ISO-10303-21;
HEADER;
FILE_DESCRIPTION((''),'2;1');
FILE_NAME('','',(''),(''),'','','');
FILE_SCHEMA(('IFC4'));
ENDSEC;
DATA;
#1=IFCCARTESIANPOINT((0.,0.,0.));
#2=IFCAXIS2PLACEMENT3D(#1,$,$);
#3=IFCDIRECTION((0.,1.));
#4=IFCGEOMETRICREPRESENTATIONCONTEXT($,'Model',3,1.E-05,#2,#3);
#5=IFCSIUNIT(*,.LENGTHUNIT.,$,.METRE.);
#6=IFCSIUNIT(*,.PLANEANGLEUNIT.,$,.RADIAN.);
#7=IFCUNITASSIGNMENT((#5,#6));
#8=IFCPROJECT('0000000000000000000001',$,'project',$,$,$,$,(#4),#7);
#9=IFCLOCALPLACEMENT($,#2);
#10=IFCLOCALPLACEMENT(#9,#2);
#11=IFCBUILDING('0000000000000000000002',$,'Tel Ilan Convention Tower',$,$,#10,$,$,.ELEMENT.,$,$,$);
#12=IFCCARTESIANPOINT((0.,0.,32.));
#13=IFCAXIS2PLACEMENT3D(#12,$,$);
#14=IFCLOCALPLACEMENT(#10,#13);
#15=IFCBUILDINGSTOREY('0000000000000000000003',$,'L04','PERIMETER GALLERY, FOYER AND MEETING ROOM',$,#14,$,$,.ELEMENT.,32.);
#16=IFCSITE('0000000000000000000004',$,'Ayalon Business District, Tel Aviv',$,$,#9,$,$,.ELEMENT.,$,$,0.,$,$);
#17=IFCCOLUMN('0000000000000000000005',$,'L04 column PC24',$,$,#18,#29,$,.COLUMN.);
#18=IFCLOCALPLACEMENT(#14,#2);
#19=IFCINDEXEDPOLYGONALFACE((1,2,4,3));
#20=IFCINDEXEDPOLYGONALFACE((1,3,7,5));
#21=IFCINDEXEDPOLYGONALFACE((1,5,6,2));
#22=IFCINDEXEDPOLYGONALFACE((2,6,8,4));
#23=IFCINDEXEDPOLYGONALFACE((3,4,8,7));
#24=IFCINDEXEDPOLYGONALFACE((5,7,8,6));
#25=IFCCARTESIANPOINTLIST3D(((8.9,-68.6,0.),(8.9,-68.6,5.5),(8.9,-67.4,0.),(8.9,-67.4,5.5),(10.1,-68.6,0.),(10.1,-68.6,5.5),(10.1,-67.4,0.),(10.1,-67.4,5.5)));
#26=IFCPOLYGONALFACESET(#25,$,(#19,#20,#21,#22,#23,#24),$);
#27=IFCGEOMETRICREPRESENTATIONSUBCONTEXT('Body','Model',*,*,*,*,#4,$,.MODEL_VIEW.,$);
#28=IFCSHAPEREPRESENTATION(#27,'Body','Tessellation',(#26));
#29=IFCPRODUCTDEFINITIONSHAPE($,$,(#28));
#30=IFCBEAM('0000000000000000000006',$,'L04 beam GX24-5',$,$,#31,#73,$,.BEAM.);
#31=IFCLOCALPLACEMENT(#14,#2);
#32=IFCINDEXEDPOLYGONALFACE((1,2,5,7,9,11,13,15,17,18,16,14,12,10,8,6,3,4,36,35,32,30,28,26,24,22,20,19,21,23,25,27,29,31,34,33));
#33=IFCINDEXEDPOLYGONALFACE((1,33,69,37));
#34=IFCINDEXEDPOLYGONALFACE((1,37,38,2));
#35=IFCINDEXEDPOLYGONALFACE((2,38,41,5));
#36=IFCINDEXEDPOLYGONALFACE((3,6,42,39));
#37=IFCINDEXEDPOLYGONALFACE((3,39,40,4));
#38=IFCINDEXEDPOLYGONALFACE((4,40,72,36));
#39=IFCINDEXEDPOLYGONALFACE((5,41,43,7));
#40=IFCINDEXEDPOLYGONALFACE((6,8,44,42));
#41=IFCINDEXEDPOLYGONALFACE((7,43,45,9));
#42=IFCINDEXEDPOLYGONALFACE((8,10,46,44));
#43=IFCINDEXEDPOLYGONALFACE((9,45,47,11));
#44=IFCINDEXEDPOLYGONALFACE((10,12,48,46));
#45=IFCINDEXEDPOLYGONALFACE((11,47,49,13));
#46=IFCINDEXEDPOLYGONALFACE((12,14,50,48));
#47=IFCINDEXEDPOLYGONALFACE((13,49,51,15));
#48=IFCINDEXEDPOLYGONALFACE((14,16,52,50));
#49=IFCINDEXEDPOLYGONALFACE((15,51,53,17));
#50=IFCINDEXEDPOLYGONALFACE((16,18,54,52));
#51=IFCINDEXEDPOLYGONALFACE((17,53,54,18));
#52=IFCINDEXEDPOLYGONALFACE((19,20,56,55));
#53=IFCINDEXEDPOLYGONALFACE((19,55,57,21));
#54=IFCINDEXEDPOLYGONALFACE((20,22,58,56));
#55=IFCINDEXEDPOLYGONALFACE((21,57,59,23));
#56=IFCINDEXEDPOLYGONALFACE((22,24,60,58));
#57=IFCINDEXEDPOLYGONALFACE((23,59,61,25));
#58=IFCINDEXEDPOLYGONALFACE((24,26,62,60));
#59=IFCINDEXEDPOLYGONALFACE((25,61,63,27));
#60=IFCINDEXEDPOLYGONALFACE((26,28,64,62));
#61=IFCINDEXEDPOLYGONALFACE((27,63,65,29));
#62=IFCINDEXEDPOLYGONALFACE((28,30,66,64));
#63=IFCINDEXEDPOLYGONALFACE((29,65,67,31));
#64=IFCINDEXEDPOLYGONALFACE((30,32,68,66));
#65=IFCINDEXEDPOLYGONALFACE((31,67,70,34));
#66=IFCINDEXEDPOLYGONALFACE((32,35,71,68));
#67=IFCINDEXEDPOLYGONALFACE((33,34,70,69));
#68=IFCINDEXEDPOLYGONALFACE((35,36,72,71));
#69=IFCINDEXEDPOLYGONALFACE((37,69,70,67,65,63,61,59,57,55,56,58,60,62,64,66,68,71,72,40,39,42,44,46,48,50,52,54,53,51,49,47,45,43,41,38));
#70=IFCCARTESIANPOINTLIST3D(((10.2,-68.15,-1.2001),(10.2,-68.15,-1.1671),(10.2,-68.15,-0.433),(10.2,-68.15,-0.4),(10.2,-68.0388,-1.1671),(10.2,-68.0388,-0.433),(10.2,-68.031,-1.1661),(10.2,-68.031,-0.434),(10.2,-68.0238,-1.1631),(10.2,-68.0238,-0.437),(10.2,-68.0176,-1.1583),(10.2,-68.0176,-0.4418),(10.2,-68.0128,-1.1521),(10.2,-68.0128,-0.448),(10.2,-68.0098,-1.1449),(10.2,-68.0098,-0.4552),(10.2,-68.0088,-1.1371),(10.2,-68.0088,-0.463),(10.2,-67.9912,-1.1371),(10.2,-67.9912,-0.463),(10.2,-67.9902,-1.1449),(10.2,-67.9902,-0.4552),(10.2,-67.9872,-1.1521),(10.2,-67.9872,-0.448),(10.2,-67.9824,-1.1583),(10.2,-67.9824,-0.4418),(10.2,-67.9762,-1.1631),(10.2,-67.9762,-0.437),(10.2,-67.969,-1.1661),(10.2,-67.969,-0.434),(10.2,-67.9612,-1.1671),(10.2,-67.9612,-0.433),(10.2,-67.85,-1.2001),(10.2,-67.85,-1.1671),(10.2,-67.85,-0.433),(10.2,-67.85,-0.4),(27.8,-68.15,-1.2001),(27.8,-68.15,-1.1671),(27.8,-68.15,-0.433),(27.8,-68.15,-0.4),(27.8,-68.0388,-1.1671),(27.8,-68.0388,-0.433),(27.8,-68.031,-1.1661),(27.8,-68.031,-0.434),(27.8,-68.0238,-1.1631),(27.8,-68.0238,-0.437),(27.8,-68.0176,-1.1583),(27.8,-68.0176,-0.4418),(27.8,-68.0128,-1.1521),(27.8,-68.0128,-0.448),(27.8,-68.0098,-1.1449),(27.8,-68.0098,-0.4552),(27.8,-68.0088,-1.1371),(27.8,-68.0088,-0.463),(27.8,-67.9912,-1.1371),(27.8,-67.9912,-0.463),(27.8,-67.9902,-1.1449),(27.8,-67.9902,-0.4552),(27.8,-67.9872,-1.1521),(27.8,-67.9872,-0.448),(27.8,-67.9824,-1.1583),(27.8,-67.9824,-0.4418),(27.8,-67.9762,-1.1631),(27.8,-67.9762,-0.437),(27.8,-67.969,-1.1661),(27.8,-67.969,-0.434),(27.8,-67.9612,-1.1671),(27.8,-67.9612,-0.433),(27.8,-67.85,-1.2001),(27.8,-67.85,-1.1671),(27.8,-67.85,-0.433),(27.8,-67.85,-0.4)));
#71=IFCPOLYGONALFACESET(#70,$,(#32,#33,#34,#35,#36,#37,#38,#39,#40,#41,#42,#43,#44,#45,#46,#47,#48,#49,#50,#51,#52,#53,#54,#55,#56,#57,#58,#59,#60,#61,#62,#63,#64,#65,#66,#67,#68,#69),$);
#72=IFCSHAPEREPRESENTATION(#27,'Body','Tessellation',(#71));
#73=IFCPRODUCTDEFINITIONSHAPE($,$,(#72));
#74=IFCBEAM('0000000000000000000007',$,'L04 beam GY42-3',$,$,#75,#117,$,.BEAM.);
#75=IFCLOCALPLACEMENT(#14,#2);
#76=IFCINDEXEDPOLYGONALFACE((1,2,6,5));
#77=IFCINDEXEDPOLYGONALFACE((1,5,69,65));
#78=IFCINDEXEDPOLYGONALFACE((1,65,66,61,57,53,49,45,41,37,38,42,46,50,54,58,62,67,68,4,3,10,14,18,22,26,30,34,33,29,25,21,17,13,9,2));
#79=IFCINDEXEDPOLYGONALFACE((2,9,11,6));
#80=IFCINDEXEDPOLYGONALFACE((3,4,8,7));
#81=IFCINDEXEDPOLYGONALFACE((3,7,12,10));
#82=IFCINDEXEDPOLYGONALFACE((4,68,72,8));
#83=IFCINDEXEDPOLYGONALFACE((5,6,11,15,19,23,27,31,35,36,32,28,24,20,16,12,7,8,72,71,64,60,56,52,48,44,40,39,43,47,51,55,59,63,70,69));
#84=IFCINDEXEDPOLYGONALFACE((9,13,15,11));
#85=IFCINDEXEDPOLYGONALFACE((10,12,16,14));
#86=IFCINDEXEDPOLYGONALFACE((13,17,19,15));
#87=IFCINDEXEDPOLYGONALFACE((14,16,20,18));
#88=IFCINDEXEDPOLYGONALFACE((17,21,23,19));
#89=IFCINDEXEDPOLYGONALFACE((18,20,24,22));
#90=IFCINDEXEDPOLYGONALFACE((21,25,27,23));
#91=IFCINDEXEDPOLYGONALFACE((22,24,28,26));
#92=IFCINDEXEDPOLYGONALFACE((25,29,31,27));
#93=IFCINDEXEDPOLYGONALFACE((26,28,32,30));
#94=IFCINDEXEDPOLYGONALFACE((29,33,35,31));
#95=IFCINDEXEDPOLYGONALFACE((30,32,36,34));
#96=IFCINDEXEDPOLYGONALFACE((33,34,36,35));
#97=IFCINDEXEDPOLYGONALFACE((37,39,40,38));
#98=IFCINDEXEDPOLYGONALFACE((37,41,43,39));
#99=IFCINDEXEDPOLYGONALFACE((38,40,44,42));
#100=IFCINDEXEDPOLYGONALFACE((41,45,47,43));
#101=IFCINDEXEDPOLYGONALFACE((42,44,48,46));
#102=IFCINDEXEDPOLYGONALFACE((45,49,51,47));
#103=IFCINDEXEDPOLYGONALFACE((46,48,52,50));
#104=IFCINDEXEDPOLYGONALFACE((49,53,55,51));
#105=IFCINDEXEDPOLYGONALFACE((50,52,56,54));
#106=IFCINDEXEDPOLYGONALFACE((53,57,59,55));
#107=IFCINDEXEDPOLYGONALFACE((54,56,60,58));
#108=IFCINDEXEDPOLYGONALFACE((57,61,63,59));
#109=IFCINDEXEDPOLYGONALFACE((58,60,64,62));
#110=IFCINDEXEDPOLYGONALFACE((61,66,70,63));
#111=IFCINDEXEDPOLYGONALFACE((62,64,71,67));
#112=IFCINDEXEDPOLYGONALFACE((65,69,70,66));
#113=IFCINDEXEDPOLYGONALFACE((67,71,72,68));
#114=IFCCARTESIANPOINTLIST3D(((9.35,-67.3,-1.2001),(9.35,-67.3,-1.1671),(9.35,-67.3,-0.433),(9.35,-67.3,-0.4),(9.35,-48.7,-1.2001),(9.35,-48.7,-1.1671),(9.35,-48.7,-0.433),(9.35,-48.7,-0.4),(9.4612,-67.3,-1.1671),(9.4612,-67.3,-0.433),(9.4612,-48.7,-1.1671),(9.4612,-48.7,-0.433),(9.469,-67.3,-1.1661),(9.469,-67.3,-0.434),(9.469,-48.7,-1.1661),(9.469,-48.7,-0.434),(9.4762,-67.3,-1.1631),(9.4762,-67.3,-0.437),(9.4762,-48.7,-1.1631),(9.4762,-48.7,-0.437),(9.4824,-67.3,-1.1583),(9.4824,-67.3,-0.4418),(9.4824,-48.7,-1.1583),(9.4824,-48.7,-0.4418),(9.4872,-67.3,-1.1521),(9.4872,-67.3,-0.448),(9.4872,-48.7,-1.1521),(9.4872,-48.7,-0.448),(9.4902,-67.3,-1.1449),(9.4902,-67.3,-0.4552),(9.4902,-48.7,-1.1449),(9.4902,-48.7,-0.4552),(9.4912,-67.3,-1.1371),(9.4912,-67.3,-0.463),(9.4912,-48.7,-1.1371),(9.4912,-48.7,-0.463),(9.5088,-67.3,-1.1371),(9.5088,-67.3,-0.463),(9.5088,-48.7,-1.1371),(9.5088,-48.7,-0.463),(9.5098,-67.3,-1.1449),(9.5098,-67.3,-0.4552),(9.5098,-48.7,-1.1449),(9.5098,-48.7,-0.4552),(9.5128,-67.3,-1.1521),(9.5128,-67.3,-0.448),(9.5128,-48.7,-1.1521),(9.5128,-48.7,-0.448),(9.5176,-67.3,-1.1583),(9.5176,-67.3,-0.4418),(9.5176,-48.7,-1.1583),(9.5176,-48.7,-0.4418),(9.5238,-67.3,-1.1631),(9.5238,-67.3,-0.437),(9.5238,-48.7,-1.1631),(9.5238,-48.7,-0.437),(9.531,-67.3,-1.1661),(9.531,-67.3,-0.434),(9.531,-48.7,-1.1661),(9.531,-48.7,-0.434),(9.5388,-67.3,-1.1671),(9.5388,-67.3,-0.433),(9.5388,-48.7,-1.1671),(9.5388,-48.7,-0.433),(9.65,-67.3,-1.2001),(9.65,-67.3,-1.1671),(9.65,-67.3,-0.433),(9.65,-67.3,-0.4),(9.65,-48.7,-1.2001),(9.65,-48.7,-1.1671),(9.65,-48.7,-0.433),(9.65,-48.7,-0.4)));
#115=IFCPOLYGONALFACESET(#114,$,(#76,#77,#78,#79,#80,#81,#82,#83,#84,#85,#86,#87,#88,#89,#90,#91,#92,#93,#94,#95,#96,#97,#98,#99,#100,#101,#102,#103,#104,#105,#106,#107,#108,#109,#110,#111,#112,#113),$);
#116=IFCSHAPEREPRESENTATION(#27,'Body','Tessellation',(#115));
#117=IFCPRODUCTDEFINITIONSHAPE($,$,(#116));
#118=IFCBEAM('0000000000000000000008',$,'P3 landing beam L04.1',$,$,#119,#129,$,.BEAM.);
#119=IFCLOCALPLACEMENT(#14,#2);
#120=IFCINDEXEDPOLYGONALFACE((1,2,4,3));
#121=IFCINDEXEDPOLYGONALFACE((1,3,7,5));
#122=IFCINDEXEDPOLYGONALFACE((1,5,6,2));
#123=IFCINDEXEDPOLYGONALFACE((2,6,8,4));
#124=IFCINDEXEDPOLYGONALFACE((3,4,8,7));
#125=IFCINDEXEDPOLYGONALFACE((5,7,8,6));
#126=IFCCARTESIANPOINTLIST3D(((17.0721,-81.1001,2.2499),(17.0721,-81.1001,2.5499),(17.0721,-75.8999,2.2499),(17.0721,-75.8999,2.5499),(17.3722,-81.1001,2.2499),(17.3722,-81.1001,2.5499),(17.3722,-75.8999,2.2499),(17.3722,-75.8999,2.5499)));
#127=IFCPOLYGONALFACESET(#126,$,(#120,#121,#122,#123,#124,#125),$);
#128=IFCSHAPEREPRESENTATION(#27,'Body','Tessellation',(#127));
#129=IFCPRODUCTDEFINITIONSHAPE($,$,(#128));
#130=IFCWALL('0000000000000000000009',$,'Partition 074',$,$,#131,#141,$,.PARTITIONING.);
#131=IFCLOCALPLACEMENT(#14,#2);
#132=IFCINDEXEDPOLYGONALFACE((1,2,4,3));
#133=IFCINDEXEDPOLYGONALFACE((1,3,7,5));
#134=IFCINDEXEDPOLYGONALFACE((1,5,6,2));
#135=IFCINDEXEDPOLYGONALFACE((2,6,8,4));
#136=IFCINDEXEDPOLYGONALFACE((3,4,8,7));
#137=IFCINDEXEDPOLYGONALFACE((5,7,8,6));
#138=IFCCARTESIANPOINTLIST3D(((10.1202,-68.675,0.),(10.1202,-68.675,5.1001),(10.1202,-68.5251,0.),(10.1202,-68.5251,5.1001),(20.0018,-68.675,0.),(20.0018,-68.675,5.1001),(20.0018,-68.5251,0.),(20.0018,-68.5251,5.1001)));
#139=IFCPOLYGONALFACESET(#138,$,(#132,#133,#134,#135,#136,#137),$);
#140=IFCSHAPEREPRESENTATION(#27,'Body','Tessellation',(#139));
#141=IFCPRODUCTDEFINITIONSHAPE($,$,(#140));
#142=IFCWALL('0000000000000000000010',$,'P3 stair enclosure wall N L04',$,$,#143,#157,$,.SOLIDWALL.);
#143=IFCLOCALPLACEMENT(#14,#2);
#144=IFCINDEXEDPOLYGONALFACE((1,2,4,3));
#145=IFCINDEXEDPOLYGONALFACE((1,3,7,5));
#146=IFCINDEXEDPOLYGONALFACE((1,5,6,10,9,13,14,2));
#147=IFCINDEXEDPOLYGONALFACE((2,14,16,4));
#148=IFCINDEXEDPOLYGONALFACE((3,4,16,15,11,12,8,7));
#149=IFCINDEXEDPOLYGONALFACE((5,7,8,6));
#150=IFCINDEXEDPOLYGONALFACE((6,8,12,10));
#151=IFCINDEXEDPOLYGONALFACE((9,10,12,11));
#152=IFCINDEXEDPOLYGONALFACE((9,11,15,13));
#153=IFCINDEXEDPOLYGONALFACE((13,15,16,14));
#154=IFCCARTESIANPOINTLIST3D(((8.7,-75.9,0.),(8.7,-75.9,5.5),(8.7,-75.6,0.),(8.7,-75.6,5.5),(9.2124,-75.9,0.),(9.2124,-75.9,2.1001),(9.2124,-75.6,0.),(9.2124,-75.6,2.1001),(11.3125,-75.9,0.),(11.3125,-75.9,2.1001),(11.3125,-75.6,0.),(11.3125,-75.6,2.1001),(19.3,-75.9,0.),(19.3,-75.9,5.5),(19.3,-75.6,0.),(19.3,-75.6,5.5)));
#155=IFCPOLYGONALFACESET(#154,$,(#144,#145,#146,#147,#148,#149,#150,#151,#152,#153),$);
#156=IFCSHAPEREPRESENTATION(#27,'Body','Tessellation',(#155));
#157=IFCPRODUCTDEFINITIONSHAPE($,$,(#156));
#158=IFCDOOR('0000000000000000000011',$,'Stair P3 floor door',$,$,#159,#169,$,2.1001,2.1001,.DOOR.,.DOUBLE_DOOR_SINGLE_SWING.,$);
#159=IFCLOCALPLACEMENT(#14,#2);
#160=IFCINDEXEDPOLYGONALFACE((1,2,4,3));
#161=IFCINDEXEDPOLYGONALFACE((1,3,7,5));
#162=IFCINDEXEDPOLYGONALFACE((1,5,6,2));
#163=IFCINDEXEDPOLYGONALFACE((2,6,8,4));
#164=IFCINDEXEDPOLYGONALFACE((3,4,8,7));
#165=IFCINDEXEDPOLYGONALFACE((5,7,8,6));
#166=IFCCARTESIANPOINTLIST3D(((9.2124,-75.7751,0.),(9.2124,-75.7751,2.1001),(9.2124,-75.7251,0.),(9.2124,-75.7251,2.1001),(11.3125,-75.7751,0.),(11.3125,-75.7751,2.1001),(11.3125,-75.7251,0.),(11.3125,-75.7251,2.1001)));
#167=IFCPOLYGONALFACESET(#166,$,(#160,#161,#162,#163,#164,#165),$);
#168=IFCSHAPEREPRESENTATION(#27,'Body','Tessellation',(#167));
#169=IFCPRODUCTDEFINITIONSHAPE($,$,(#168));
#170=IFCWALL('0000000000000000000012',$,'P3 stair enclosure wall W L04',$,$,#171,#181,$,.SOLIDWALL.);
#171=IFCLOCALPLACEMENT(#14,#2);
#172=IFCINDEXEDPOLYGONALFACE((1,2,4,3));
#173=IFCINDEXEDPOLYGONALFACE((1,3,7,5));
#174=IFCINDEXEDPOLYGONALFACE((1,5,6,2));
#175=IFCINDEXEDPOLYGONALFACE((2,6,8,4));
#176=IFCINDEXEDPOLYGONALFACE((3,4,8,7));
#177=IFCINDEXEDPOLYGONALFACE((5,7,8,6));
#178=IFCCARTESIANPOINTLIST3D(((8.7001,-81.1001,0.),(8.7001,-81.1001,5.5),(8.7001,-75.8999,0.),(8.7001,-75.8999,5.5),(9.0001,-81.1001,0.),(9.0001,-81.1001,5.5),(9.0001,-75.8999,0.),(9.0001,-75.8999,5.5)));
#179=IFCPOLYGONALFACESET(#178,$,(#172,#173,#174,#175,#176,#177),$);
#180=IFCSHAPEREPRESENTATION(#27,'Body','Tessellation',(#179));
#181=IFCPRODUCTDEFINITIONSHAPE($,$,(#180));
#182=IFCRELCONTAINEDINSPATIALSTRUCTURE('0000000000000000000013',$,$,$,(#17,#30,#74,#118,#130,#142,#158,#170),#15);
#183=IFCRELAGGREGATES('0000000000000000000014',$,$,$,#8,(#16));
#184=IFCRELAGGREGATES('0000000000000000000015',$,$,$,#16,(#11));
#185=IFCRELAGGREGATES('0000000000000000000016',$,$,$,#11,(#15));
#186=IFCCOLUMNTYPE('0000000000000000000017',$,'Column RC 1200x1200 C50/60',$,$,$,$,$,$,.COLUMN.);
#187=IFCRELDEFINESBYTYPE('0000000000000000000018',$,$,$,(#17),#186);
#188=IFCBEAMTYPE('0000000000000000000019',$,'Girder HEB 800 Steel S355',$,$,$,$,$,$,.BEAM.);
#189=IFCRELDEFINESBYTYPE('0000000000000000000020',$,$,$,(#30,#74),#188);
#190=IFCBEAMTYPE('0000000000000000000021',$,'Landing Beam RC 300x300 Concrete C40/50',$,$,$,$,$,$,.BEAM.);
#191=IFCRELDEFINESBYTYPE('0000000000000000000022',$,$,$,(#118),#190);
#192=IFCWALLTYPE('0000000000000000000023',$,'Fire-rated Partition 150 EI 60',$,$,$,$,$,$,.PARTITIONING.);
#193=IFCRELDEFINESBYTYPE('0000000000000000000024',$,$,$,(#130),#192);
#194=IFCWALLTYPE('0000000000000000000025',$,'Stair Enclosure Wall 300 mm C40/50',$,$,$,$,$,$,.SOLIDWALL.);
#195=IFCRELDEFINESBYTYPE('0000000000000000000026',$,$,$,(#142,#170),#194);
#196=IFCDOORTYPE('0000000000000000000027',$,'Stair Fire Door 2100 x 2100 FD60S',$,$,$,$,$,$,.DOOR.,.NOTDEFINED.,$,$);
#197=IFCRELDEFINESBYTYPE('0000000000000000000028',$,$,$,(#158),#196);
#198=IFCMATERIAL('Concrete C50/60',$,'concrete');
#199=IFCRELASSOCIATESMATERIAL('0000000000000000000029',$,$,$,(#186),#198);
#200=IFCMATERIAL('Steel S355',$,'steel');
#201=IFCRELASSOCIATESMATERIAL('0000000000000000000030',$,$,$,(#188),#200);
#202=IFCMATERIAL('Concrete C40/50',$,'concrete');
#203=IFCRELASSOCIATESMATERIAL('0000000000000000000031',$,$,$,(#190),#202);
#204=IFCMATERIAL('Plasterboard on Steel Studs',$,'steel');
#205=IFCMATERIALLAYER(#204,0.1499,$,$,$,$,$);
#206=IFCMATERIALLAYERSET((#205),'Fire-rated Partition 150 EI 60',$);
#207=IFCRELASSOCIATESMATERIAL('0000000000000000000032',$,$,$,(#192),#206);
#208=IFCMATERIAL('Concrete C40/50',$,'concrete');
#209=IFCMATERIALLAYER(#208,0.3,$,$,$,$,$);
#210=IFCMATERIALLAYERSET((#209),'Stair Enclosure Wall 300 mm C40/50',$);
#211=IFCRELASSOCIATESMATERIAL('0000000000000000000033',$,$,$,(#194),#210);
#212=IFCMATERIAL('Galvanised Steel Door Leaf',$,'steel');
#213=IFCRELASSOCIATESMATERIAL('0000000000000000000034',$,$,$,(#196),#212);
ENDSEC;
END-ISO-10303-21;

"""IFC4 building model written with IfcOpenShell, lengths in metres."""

from ifc_helpers import new_model, si_unit, direction, frame, frame_2d, origin, origin_2d, place, context, subcontext, project, spatial, rectangle, i_section, extrude, material, layer, layer_set, material_profile, profile_set, type_object, element, fill, save


model = new_model("IFC4")

# Units and contexts
model_context = context("Model", 3, precision=1e-05, world=origin(), true_north=direction((0.0, 1.0)))
body_context = subcontext(model_context, "Body", "Model", "MODEL_VIEW")
ifc_project = project(units=[si_unit("LENGTHUNIT", "METRE"), si_unit("PLANEANGLEUNIT", "RADIAN")], contexts=[model_context])

# Site, building, storey
site_placement = place(None, origin())
site = spatial("IfcSite", under=ifc_project, at=site_placement, Name="Ayalon Business District, Tel Aviv", CompositionType="ELEMENT", RefElevation=0.0)
building_placement = place(site_placement, origin())
building = spatial("IfcBuilding", under=site, at=building_placement, Name="Tel Ilan Convention Tower", CompositionType="ELEMENT")
storey_placement = place(building_placement, frame((0.0, 0.0, 32.0)))
storey = spatial("IfcBuildingStorey", under=building, at=storey_placement, Name="L04", Description="PERIMETER GALLERY, FOYER AND MEETING ROOM", CompositionType="ELEMENT", Elevation=32.0)

# Column
ifc_material_1 = material(Name="Concrete C50/60", Category="concrete")
ifc_material_profile_1 = material_profile(ifc_material_1, rectangle(XDim=1.2, YDim=1.2, at=origin_2d()), Name="RC 1200x1200")
ifc_profile_set_1 = profile_set([ifc_material_profile_1], Name="Concrete C50/60")
column_type = type_object("IfcColumnType", Name="Column RC 1200x1200 C50/60", PredefinedType="COLUMN", material=ifc_profile_set_1)
column_placement = place(storey_placement, frame((9.5, -68.0, 0.0), z_axis=(0.0, 0.0, 1.0), x_axis=(1.0, 0.0, 0.0)))
element("IfcColumn", 1, at=column_placement, inside=storey, type_object=column_type, Name="L04 column PC24", PredefinedType="COLUMN", context=body_context, shape_type="SweptSolid", body=[
    extrude(rectangle(XDim=1.2, YDim=1.2, at=origin_2d()), origin(), (0.0, 0.0, 1.0), 5.5),
])

# Beams
ifc_material_2 = material(Name="Steel S355", Category="steel")
ifc_material_profile_2 = material_profile(ifc_material_2, i_section(OverallWidth=0.3, OverallDepth=0.8, WebThickness=0.0176, FlangeThickness=0.033, FilletRadius=0.03, at=origin_2d()), Name="HEB 800")
ifc_profile_set_2 = profile_set([ifc_material_profile_2], Name="Steel S355")
beam_type_1 = type_object("IfcBeamType", Name="Girder HEB 800 Steel S355", PredefinedType="BEAM", material=ifc_profile_set_2)
beam_1_placement = place(storey_placement, frame((10.2, -68.0, -0.8), z_axis=(1.0, 0.0, 0.0), x_axis=(0.0, 1.0, 0.0)))
element("IfcBeam", 2, at=beam_1_placement, inside=storey, type_object=beam_type_1, Name="L04 beam GX24-5", PredefinedType="BEAM", context=body_context, shape_type="SweptSolid", body=[
    extrude(i_section(OverallWidth=0.3, OverallDepth=0.8, WebThickness=0.0176, FlangeThickness=0.033, FilletRadius=0.03, at=origin_2d()), origin(), (0.0, 0.0, 1.0), 17.6001),
])
beam_2_placement = place(storey_placement, frame((9.5, -67.3, -0.8), z_axis=(0.0, 1.0, 0.0), x_axis=(-1.0, 0.0, 0.0)))
element("IfcBeam", 3, at=beam_2_placement, inside=storey, type_object=beam_type_1, Name="L04 beam GY42-3", PredefinedType="BEAM", context=body_context, shape_type="SweptSolid", body=[
    extrude(i_section(OverallWidth=0.3, OverallDepth=0.8, WebThickness=0.0176, FlangeThickness=0.033, FilletRadius=0.03, at=origin_2d()), origin(), (0.0, 0.0, 1.0), 18.6001),
])
ifc_material_3 = material(Name="Concrete C40/50", Category="concrete")
ifc_material_profile_3 = material_profile(ifc_material_3, rectangle(XDim=0.3, YDim=0.3, at=origin_2d()), Name="RC 300x300")
ifc_profile_set_3 = profile_set([ifc_material_profile_3], Name="Concrete C40/50")
beam_type_2 = type_object("IfcBeamType", Name="Landing Beam RC 300x300 Concrete C40/50", PredefinedType="BEAM", material=ifc_profile_set_3)
beam_3_placement = place(storey_placement, frame((17.2222, -81.1001, 2.3999), z_axis=(0.0, 1.0, 0.0), x_axis=(-1.0, 0.0, 0.0)))
element("IfcBeam", 4, at=beam_3_placement, inside=storey, type_object=beam_type_2, Name="P3 landing beam L04.1", PredefinedType="BEAM", context=body_context, shape_type="SweptSolid", body=[
    extrude(rectangle(XDim=0.3, YDim=0.3, at=origin_2d()), origin(), (0.0, 0.0, 1.0), 5.2002),
])

# Wall
ifc_material_4 = material(Name="Plasterboard on Steel Studs", Category="steel")
ifc_layer_1 = layer(ifc_material_4, 0.1499)
ifc_layer_set_1 = layer_set([ifc_layer_1], Name="Fire-rated Partition 150 EI 60")
wall_type_1 = type_object("IfcWallType", Name="Fire-rated Partition 150 EI 60", PredefinedType="PARTITIONING", material=ifc_layer_set_1)
wall_1_placement = place(storey_placement, frame((10.1201, -68.6001, 0.0), z_axis=(0.0, 0.0, 1.0), x_axis=(1.0, 0.0, 0.0)))
element("IfcWall", 5, at=wall_1_placement, inside=storey, type_object=wall_type_1, Name="Partition 074", PredefinedType="PARTITIONING", context=body_context, shape_type="SweptSolid", body=[
    extrude(rectangle(XDim=9.8816, YDim=0.1499, at=frame_2d((4.9409, 0.0))), origin(), (0.0, 0.0, 1.0), 5.1001),
])

# Wall, opening, door
ifc_material_5 = material(Name="Concrete C40/50", Category="concrete")
ifc_layer_2 = layer(ifc_material_5, 0.3)
ifc_layer_set_2 = layer_set([ifc_layer_2], Name="Stair Enclosure Wall 300 mm C40/50")
wall_type_2 = type_object("IfcWallType", Name="Stair Enclosure Wall 300 mm C40/50", PredefinedType="SOLIDWALL", material=ifc_layer_set_2)
wall_2_placement = place(storey_placement, frame((8.7, -75.75, 0.0), z_axis=(0.0, 0.0, 1.0), x_axis=(1.0, 0.0, 0.0)))
wall_2 = element("IfcWall", 6, at=wall_2_placement, inside=storey, type_object=wall_type_2, Name="P3 stair enclosure wall N L04", PredefinedType="SOLIDWALL", context=body_context, shape_type="SweptSolid", body=[
    extrude(rectangle(XDim=10.6001, YDim=0.3, at=frame_2d((5.3, 0.0))), origin(), (0.0, 0.0, 1.0), 5.5),
])
opening_placement = place(wall_2_placement, frame((0.5125, 0.0, 0.0)))
opening = element("IfcOpeningElement", 7, at=opening_placement, cuts=wall_2, PredefinedType="OPENING", context=body_context, shape_type="SweptSolid", body=[
    extrude(rectangle(XDim=2.1001, YDim=2.1001, at=frame_2d((1.05, 1.05))), frame((0.0, 0.1599, 0.0), z_axis=(0.0, -1.0, 0.0), x_axis=(1.0, 0.0, 0.0)), (0.0, 0.0, 1.0), 0.3201),
])
ifc_material_6 = material(Name="Galvanised Steel Door Leaf", Category="steel")
door_type = type_object("IfcDoorType", Name="Stair Fire Door 2100 x 2100 FD60S", OperationType="NOTDEFINED", PredefinedType="DOOR", material=ifc_material_6)
door_placement = place(opening_placement, origin())
door = element("IfcDoor", 8, at=door_placement, inside=storey, type_object=door_type, Name="Stair P3 floor door", OperationType="DOUBLE_DOOR_SINGLE_SWING", OverallHeight=2.1001, OverallWidth=2.1001, PredefinedType="DOOR", context=body_context, shape_type="SweptSolid", body=[
    extrude(rectangle(XDim=2.1001, YDim=2.1001, at=frame_2d((1.05, 1.05))), frame((0.0, 0.0249, 0.0), z_axis=(0.0, -1.0, 0.0), x_axis=(1.0, 0.0, 0.0)), (0.0, 0.0, 1.0), 0.05),
])
fill(opening, door)

# Wall
wall_3_placement = place(storey_placement, frame((8.8501, -81.1001, 0.0), z_axis=(0.0, 0.0, 1.0), x_axis=(0.0, 1.0, 0.0)))
element("IfcWall", 9, at=wall_3_placement, inside=storey, type_object=wall_type_2, Name="P3 stair enclosure wall W L04", PredefinedType="SOLIDWALL", context=body_context, shape_type="SweptSolid", body=[
    extrude(rectangle(XDim=5.2002, YDim=0.3, at=frame_2d((2.6001, 0.0))), origin(), (0.0, 0.0, 1.0), 5.5),
])

save(model, "model.ifc")
